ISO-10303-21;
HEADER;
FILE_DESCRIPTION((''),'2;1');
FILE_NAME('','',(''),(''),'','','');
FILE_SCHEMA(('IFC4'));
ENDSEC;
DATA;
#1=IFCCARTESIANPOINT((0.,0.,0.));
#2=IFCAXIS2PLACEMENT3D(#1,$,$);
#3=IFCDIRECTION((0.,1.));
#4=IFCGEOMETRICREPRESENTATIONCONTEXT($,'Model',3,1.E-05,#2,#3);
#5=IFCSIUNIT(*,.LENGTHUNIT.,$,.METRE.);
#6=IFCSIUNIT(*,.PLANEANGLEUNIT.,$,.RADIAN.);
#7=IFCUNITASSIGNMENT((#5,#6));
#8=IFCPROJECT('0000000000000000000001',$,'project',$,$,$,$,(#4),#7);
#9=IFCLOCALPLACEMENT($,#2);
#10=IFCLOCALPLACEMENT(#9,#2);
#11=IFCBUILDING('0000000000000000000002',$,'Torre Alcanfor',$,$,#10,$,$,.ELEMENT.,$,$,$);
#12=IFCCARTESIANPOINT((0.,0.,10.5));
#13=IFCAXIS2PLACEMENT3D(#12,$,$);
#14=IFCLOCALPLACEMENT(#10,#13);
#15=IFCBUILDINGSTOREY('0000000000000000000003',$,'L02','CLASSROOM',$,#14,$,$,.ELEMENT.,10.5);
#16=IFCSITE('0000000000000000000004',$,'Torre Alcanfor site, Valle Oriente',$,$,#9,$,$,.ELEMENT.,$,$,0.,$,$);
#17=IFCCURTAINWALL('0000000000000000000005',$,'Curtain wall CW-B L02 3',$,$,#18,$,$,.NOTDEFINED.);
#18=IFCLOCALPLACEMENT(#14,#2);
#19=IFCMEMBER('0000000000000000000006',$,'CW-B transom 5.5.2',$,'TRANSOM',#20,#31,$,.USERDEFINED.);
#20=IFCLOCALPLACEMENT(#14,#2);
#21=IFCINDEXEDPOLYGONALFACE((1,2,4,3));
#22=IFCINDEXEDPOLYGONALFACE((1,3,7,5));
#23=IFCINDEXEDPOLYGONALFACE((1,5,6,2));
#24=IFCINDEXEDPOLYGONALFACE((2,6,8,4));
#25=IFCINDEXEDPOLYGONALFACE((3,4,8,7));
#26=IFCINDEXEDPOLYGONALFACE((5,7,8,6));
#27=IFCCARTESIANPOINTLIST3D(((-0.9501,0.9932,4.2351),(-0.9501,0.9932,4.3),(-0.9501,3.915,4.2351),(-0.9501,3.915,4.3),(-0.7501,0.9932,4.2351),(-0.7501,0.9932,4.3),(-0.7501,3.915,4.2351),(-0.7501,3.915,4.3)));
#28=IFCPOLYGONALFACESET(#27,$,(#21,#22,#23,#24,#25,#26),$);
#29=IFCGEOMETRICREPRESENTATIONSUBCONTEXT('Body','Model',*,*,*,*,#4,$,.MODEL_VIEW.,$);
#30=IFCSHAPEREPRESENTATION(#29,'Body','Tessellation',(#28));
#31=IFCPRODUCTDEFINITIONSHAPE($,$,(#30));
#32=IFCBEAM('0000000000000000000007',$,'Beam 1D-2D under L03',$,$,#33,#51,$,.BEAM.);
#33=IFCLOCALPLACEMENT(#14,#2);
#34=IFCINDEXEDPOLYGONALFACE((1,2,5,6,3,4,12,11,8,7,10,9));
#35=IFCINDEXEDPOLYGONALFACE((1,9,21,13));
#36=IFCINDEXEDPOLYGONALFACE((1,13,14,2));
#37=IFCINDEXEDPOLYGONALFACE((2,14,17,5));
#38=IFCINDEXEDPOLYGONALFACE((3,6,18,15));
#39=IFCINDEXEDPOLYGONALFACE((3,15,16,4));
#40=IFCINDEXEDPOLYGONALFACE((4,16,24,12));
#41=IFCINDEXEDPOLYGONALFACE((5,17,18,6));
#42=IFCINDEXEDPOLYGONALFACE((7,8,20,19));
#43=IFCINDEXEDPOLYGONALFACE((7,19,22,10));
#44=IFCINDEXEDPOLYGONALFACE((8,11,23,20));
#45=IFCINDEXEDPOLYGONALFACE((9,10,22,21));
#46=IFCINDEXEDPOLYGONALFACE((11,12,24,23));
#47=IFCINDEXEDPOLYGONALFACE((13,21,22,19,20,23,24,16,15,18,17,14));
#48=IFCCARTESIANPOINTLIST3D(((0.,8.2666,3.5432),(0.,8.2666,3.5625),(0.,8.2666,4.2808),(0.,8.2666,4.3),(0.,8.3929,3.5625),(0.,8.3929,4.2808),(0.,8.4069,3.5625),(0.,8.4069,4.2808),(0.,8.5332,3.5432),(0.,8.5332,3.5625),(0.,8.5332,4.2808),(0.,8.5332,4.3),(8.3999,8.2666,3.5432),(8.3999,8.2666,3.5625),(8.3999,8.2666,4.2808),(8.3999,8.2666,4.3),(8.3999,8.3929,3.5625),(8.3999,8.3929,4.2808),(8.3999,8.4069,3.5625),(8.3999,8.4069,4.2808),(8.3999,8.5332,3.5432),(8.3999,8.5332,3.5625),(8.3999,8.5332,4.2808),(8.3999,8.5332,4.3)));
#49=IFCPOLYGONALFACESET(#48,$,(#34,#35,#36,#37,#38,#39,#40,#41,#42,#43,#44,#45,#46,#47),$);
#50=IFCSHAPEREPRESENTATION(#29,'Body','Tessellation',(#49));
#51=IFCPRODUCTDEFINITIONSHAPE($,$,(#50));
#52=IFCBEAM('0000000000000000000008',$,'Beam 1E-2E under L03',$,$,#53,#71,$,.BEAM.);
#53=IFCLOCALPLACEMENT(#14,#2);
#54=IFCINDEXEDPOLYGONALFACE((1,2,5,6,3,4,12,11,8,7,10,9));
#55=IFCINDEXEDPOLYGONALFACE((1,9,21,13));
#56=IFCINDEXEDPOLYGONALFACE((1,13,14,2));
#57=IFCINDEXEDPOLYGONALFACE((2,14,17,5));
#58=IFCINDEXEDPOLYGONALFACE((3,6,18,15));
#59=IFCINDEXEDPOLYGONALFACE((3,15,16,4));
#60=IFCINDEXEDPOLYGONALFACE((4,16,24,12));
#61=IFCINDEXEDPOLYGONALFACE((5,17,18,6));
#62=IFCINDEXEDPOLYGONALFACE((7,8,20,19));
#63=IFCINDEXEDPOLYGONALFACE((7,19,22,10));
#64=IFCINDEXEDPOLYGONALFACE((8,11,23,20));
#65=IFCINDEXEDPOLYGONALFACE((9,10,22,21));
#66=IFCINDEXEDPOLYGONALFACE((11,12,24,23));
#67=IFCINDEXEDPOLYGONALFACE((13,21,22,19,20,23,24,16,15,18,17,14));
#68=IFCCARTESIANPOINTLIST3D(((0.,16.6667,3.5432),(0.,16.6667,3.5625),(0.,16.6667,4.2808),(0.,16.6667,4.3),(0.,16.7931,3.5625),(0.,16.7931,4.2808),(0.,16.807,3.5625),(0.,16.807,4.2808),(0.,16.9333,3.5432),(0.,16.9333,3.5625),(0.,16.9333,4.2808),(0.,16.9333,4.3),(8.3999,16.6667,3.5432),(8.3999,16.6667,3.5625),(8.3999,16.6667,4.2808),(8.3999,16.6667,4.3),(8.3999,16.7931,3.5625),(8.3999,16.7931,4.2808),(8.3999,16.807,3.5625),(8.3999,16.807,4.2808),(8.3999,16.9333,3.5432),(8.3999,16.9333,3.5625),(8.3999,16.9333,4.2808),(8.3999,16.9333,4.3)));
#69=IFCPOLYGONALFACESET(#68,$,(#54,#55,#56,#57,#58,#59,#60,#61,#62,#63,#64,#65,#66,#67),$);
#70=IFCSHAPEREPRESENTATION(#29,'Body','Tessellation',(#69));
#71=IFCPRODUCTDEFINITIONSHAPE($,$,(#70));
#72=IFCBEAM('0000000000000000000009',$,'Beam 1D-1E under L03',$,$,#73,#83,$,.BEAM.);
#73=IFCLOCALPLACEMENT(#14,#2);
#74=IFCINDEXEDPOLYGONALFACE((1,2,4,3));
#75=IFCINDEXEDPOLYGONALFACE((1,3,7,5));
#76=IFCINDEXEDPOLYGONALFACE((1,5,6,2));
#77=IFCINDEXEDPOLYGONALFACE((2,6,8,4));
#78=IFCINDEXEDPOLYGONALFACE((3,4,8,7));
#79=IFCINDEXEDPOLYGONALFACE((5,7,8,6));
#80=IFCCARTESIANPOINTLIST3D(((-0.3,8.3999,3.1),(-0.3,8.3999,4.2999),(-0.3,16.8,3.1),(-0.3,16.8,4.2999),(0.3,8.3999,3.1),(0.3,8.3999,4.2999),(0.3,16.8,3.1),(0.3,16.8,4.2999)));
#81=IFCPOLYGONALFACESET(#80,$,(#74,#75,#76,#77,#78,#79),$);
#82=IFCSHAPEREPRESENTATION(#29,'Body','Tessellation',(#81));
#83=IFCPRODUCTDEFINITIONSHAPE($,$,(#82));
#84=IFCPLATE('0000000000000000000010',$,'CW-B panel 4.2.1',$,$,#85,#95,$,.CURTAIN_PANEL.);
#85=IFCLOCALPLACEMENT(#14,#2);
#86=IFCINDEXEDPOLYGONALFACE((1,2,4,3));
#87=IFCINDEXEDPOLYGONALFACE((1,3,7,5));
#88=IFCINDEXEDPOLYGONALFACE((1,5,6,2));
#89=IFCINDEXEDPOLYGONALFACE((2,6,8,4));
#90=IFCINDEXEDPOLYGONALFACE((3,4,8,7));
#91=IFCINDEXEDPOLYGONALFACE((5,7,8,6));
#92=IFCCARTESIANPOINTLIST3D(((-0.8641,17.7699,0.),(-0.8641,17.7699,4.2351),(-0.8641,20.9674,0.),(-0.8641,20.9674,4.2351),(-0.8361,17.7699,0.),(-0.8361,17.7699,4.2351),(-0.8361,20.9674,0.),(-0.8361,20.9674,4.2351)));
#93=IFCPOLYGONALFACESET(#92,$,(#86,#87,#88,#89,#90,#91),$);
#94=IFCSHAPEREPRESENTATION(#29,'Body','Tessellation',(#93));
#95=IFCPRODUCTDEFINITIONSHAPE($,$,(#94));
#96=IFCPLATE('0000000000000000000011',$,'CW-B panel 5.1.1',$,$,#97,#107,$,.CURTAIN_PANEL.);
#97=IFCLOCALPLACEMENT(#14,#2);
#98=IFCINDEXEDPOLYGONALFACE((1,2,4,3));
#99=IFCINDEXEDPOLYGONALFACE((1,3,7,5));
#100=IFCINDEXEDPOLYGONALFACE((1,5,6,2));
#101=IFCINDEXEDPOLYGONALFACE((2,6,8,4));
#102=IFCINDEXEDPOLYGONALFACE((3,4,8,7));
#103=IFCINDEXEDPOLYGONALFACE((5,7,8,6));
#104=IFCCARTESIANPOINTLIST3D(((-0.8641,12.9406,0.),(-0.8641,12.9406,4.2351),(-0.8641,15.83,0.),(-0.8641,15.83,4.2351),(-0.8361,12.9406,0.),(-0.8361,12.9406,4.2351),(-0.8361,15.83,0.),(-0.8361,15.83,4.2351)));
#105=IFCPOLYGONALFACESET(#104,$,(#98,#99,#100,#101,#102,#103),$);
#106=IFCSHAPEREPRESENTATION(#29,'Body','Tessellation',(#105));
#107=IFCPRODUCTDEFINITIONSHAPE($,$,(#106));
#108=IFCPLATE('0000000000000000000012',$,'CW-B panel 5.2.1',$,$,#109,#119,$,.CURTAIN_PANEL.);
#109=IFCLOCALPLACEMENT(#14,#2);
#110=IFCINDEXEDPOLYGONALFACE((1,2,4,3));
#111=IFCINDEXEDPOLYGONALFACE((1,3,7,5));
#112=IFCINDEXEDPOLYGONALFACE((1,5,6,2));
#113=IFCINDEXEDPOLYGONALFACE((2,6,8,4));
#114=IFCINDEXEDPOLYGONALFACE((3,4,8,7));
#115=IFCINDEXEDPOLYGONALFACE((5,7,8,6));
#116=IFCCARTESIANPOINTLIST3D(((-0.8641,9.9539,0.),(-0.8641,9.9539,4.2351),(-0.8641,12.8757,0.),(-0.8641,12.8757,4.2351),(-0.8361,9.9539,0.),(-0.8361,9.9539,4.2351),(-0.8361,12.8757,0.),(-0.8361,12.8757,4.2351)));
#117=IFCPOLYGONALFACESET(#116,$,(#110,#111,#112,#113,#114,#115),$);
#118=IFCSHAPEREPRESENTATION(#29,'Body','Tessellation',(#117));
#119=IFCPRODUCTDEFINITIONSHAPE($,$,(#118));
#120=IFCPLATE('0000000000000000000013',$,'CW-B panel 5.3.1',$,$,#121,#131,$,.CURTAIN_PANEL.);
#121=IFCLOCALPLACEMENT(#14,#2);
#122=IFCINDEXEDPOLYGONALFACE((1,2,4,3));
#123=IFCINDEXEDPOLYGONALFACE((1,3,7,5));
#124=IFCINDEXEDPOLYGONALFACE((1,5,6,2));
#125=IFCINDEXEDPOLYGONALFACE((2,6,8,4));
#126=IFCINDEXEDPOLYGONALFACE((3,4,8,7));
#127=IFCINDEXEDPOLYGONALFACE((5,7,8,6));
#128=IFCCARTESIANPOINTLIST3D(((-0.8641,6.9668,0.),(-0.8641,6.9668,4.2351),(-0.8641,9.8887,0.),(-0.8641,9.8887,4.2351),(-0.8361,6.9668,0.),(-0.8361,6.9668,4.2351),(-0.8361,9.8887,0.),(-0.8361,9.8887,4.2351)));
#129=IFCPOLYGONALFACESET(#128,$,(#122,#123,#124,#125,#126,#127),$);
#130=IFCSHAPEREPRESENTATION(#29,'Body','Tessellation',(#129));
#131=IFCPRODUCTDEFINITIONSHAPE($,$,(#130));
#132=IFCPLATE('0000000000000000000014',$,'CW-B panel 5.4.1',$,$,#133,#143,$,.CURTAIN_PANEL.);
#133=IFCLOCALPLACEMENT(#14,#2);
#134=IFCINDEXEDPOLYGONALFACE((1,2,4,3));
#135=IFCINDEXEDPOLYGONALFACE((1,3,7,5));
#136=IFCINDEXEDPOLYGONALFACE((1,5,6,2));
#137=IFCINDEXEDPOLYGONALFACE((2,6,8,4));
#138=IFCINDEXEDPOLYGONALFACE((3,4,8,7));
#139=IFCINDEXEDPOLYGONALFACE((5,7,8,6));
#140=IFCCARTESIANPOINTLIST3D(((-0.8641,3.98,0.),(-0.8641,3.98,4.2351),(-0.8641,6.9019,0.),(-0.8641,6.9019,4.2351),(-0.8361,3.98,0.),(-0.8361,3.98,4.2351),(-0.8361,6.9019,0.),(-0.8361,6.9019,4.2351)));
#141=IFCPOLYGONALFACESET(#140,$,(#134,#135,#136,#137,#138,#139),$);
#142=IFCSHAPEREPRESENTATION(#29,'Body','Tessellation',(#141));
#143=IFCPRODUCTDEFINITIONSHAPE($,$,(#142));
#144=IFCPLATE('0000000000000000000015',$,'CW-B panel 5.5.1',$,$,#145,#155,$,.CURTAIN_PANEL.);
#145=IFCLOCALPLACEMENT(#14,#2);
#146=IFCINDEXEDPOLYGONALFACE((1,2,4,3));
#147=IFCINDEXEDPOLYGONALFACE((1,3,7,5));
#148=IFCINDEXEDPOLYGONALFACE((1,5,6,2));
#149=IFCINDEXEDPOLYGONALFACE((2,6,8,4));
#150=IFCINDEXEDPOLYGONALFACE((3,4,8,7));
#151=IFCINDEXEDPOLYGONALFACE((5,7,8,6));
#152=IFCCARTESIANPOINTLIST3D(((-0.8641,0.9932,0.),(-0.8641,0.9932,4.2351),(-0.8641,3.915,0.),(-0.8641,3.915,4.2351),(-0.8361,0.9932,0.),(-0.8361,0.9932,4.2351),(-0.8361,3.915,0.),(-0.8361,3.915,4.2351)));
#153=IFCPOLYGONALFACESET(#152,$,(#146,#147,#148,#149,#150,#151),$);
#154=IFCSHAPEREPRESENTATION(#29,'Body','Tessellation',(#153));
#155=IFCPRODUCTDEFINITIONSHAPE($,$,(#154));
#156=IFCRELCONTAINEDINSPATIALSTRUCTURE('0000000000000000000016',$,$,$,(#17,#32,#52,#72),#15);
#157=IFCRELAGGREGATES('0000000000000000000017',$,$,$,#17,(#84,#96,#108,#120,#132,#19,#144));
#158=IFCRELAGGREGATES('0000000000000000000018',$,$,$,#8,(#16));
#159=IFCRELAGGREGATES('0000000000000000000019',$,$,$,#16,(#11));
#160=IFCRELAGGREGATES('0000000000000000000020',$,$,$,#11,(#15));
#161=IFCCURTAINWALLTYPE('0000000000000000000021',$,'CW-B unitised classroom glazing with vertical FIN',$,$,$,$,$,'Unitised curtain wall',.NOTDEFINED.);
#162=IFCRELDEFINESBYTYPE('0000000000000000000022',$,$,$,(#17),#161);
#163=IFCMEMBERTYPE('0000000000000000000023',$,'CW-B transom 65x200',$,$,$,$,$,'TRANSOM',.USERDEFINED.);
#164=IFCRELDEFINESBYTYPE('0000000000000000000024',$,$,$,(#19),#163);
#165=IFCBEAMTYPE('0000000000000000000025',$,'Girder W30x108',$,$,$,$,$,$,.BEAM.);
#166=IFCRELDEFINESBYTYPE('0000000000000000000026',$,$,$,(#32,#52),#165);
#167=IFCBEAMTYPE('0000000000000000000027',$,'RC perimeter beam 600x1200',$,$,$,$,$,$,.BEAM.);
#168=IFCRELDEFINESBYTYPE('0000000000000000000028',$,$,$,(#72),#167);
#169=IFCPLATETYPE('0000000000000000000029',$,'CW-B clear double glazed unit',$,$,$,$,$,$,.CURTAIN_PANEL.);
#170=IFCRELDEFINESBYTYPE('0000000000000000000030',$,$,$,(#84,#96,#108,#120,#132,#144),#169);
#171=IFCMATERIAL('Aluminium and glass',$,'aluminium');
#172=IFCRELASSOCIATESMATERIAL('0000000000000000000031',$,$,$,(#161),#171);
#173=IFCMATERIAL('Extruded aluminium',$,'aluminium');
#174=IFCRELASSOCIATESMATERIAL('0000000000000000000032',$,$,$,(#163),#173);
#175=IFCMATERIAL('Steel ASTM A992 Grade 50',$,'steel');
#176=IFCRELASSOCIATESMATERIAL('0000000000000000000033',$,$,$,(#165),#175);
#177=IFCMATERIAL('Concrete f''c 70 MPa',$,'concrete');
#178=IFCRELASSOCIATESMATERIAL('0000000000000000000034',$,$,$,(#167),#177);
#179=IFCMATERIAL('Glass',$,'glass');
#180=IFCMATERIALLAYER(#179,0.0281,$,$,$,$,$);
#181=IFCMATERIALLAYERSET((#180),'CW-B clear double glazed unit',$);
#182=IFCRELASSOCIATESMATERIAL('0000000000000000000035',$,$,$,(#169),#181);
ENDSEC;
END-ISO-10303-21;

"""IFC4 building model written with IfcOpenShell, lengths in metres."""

from ifc_helpers import new_model, si_unit, direction, frame, origin, origin_2d, place, context, subcontext, project, spatial, rectangle, i_section, extrude, material, layer, layer_set, material_profile, profile_set, type_object, element, aggregate, save


model = new_model("IFC4")

# Units and contexts
model_context = context("Model", 3, precision=1e-05, world=origin(), true_north=direction((0.0, 1.0)))
body_context = subcontext(model_context, "Body", "Model", "MODEL_VIEW")
ifc_project = project(units=[si_unit("LENGTHUNIT", "METRE"), si_unit("PLANEANGLEUNIT", "RADIAN")], contexts=[model_context])

# Site, building, storey
site_placement = place(None, origin())
site = spatial("IfcSite", under=ifc_project, at=site_placement, Name="Torre Alcanfor site, Valle Oriente", CompositionType="ELEMENT", RefElevation=0.0)
building_placement = place(site_placement, origin())
building = spatial("IfcBuilding", under=site, at=building_placement, Name="Torre Alcanfor", CompositionType="ELEMENT")
storey_placement = place(building_placement, frame((0.0, 0.0, 10.5)))
storey = spatial("IfcBuildingStorey", under=building, at=storey_placement, Name="L02", Description="CLASSROOM", CompositionType="ELEMENT", Elevation=10.5)

# Curtain wall, member
ifc_material_1 = material(Name="Aluminium and glass", Category="aluminium")
curtain_wall_type = type_object("IfcCurtainWallType", Name="CW-B unitised classroom glazing with vertical FIN", ElementType="Unitised curtain wall", PredefinedType="NOTDEFINED", material=ifc_material_1)
curtain_wall_placement = place(storey_placement, origin())
curtain_wall = element("IfcCurtainWall", 1, at=curtain_wall_placement, inside=storey, type_object=curtain_wall_type, Name="Curtain wall CW-B L02 3", PredefinedType="NOTDEFINED")
ifc_material_2 = material(Name="Extruded aluminium", Category="aluminium")
ifc_material_profile_1 = material_profile(ifc_material_2, rectangle(XDim=0.2, YDim=0.0649, at=origin_2d()), Name="CW-B transom 200x65")
ifc_profile_set_1 = profile_set([ifc_material_profile_1], Name="Extruded aluminium")
member_type_1 = type_object("IfcMemberType", Name="CW-B transom 65x200", ElementType="TRANSOM", PredefinedType="USERDEFINED", material=ifc_profile_set_1)
member_1_placement = place(storey_placement, frame((-0.8501, 3.915, 4.2676), z_axis=(0.0, -1.0, 0.0), x_axis=(1.0, 0.0, 0.0)))
member_1 = element("IfcMember", 2, at=member_1_placement, type_object=member_type_1, Name="CW-B transom 5.5.2", ObjectType="TRANSOM", PredefinedType="USERDEFINED", context=body_context, shape_type="SweptSolid", body=[
    extrude(rectangle(XDim=0.2, YDim=0.0649, at=origin_2d()), origin(), (0.0, 0.0, 1.0), 2.9219),
])

# Beams
ifc_material_3 = material(Name="Steel ASTM A992 Grade 50", Category="steel")
ifc_material_profile_2 = material_profile(ifc_material_3, i_section(OverallWidth=0.2666, OverallDepth=0.7568, WebThickness=0.0139, FlangeThickness=0.0193, at=origin_2d()), Name="W30x108")
ifc_profile_set_2 = profile_set([ifc_material_profile_2], Name="Steel ASTM A992 Grade 50")
beam_type_1 = type_object("IfcBeamType", Name="Girder W30x108", PredefinedType="BEAM", material=ifc_profile_set_2)
for number, where, z_axis, x_axis, name in (
    (3, (0.0, 8.3999, 3.9216), (1.0, 0.0, 0.0), (0.0, 1.0, 0.0), "Beam 1D-2D under L03"),
    (4, (0.0, 16.8, 3.9216), (1.0, 0.0, 0.0), (0.0, 1.0, 0.0), "Beam 1E-2E under L03"),
):
    element("IfcBeam", number, at=place(storey_placement, frame(where, z_axis=z_axis, x_axis=x_axis)), inside=storey, type_object=beam_type_1, Name=name, PredefinedType="BEAM", context=body_context, shape_type="SweptSolid", body=[
        extrude(i_section(OverallWidth=0.2666, OverallDepth=0.7568, WebThickness=0.0139, FlangeThickness=0.0193, at=origin_2d()), origin(), (0.0, 0.0, 1.0), 8.3999),
    ])
ifc_material_4 = material(Name="Concrete f'c 70 MPa", Category="concrete")
ifc_material_profile_3 = material_profile(ifc_material_4, rectangle(XDim=0.6001, YDim=1.2, at=origin_2d()), Name="600x1200")
ifc_profile_set_3 = profile_set([ifc_material_profile_3], Name="Concrete f'c 70 MPa")
beam_type_2 = type_object("IfcBeamType", Name="RC perimeter beam 600x1200", PredefinedType="BEAM", material=ifc_profile_set_3)
beam_placement = place(storey_placement, frame((0.0, 8.3999, 3.7), z_axis=(0.0, 1.0, 0.0), x_axis=(-1.0, 0.0, 0.0)))
element("IfcBeam", 5, at=beam_placement, inside=storey, type_object=beam_type_2, Name="Beam 1D-1E under L03", PredefinedType="BEAM", context=body_context, shape_type="SweptSolid", body=[
    extrude(rectangle(XDim=0.6001, YDim=1.2, at=origin_2d()), origin(), (0.0, 0.0, 1.0), 8.4001),
])

# Plates
ifc_material_5 = material(Name="Glass", Category="glass")
ifc_layer = layer(ifc_material_5, 0.0281)
ifc_layer_set = layer_set([ifc_layer], Name="CW-B clear double glazed unit")
plate_type = type_object("IfcPlateType", Name="CW-B clear double glazed unit", PredefinedType="CURTAIN_PANEL", material=ifc_layer_set)
plate_1_placement = place(storey_placement, frame((-0.8501, 19.3687, 0.0), z_axis=(0.0, 0.0, 1.0), x_axis=(0.0, -1.0, 0.0)))
plate_1 = element("IfcPlate", 6, at=plate_1_placement, type_object=plate_type, Name="CW-B panel 4.2.1", PredefinedType="CURTAIN_PANEL", context=body_context, shape_type="SweptSolid", body=[
    extrude(rectangle(XDim=3.1975, YDim=0.0281, at=origin_2d()), origin(), (0.0, 0.0, 1.0), 4.2351),
])
plate_2_placement = place(storey_placement, frame((-0.8501, 14.3853, 0.0), z_axis=(0.0, 0.0, 1.0), x_axis=(0.0, -1.0, 0.0)))
plate_2 = element("IfcPlate", 7, at=plate_2_placement, type_object=plate_type, Name="CW-B panel 5.1.1", PredefinedType="CURTAIN_PANEL", context=body_context, shape_type="SweptSolid", body=[
    extrude(rectangle(XDim=2.8894, YDim=0.0281, at=origin_2d()), origin(), (0.0, 0.0, 1.0), 4.2351),
])
plate_3_placement = place(storey_placement, frame((-0.8501, 11.4148, 0.0), z_axis=(0.0, 0.0, 1.0), x_axis=(0.0, -1.0, 0.0)))
plate_3 = element("IfcPlate", 8, at=plate_3_placement, type_object=plate_type, Name="CW-B panel 5.2.1", PredefinedType="CURTAIN_PANEL", context=body_context, shape_type="SweptSolid", body=[
    extrude(rectangle(XDim=2.9219, YDim=0.0281, at=origin_2d()), origin(), (0.0, 0.0, 1.0), 4.2351),
])
plate_4_placement = place(storey_placement, frame((-0.8501, 8.4277, 0.0), z_axis=(0.0, 0.0, 1.0), x_axis=(0.0, -1.0, 0.0)))
plate_4 = element("IfcPlate", 9, at=plate_4_placement, type_object=plate_type, Name="CW-B panel 5.3.1", PredefinedType="CURTAIN_PANEL", context=body_context, shape_type="SweptSolid", body=[
    extrude(rectangle(XDim=2.9219, YDim=0.0281, at=origin_2d()), origin(), (0.0, 0.0, 1.0), 4.2351),
])
plate_5_placement = place(storey_placement, frame((-0.8501, 5.4409, 0.0), z_axis=(0.0, 0.0, 1.0), x_axis=(0.0, -1.0, 0.0)))
plate_5 = element("IfcPlate", 10, at=plate_5_placement, type_object=plate_type, Name="CW-B panel 5.4.1", PredefinedType="CURTAIN_PANEL", context=body_context, shape_type="SweptSolid", body=[
    extrude(rectangle(XDim=2.9219, YDim=0.0281, at=origin_2d()), origin(), (0.0, 0.0, 1.0), 4.2351),
])
plate_6_placement = place(storey_placement, frame((-0.8501, 2.4541, 0.0), z_axis=(0.0, 0.0, 1.0), x_axis=(0.0, -1.0, 0.0)))
plate_6 = element("IfcPlate", 11, at=plate_6_placement, type_object=plate_type, Name="CW-B panel 5.5.1", PredefinedType="CURTAIN_PANEL", context=body_context, shape_type="SweptSolid", body=[
    extrude(rectangle(XDim=2.9219, YDim=0.0281, at=origin_2d()), origin(), (0.0, 0.0, 1.0), 4.2351),
])
aggregate(curtain_wall, [plate_1, plate_2, plate_3, plate_4, plate_5, member_1, plate_6])

save(model, "model.ifc")
